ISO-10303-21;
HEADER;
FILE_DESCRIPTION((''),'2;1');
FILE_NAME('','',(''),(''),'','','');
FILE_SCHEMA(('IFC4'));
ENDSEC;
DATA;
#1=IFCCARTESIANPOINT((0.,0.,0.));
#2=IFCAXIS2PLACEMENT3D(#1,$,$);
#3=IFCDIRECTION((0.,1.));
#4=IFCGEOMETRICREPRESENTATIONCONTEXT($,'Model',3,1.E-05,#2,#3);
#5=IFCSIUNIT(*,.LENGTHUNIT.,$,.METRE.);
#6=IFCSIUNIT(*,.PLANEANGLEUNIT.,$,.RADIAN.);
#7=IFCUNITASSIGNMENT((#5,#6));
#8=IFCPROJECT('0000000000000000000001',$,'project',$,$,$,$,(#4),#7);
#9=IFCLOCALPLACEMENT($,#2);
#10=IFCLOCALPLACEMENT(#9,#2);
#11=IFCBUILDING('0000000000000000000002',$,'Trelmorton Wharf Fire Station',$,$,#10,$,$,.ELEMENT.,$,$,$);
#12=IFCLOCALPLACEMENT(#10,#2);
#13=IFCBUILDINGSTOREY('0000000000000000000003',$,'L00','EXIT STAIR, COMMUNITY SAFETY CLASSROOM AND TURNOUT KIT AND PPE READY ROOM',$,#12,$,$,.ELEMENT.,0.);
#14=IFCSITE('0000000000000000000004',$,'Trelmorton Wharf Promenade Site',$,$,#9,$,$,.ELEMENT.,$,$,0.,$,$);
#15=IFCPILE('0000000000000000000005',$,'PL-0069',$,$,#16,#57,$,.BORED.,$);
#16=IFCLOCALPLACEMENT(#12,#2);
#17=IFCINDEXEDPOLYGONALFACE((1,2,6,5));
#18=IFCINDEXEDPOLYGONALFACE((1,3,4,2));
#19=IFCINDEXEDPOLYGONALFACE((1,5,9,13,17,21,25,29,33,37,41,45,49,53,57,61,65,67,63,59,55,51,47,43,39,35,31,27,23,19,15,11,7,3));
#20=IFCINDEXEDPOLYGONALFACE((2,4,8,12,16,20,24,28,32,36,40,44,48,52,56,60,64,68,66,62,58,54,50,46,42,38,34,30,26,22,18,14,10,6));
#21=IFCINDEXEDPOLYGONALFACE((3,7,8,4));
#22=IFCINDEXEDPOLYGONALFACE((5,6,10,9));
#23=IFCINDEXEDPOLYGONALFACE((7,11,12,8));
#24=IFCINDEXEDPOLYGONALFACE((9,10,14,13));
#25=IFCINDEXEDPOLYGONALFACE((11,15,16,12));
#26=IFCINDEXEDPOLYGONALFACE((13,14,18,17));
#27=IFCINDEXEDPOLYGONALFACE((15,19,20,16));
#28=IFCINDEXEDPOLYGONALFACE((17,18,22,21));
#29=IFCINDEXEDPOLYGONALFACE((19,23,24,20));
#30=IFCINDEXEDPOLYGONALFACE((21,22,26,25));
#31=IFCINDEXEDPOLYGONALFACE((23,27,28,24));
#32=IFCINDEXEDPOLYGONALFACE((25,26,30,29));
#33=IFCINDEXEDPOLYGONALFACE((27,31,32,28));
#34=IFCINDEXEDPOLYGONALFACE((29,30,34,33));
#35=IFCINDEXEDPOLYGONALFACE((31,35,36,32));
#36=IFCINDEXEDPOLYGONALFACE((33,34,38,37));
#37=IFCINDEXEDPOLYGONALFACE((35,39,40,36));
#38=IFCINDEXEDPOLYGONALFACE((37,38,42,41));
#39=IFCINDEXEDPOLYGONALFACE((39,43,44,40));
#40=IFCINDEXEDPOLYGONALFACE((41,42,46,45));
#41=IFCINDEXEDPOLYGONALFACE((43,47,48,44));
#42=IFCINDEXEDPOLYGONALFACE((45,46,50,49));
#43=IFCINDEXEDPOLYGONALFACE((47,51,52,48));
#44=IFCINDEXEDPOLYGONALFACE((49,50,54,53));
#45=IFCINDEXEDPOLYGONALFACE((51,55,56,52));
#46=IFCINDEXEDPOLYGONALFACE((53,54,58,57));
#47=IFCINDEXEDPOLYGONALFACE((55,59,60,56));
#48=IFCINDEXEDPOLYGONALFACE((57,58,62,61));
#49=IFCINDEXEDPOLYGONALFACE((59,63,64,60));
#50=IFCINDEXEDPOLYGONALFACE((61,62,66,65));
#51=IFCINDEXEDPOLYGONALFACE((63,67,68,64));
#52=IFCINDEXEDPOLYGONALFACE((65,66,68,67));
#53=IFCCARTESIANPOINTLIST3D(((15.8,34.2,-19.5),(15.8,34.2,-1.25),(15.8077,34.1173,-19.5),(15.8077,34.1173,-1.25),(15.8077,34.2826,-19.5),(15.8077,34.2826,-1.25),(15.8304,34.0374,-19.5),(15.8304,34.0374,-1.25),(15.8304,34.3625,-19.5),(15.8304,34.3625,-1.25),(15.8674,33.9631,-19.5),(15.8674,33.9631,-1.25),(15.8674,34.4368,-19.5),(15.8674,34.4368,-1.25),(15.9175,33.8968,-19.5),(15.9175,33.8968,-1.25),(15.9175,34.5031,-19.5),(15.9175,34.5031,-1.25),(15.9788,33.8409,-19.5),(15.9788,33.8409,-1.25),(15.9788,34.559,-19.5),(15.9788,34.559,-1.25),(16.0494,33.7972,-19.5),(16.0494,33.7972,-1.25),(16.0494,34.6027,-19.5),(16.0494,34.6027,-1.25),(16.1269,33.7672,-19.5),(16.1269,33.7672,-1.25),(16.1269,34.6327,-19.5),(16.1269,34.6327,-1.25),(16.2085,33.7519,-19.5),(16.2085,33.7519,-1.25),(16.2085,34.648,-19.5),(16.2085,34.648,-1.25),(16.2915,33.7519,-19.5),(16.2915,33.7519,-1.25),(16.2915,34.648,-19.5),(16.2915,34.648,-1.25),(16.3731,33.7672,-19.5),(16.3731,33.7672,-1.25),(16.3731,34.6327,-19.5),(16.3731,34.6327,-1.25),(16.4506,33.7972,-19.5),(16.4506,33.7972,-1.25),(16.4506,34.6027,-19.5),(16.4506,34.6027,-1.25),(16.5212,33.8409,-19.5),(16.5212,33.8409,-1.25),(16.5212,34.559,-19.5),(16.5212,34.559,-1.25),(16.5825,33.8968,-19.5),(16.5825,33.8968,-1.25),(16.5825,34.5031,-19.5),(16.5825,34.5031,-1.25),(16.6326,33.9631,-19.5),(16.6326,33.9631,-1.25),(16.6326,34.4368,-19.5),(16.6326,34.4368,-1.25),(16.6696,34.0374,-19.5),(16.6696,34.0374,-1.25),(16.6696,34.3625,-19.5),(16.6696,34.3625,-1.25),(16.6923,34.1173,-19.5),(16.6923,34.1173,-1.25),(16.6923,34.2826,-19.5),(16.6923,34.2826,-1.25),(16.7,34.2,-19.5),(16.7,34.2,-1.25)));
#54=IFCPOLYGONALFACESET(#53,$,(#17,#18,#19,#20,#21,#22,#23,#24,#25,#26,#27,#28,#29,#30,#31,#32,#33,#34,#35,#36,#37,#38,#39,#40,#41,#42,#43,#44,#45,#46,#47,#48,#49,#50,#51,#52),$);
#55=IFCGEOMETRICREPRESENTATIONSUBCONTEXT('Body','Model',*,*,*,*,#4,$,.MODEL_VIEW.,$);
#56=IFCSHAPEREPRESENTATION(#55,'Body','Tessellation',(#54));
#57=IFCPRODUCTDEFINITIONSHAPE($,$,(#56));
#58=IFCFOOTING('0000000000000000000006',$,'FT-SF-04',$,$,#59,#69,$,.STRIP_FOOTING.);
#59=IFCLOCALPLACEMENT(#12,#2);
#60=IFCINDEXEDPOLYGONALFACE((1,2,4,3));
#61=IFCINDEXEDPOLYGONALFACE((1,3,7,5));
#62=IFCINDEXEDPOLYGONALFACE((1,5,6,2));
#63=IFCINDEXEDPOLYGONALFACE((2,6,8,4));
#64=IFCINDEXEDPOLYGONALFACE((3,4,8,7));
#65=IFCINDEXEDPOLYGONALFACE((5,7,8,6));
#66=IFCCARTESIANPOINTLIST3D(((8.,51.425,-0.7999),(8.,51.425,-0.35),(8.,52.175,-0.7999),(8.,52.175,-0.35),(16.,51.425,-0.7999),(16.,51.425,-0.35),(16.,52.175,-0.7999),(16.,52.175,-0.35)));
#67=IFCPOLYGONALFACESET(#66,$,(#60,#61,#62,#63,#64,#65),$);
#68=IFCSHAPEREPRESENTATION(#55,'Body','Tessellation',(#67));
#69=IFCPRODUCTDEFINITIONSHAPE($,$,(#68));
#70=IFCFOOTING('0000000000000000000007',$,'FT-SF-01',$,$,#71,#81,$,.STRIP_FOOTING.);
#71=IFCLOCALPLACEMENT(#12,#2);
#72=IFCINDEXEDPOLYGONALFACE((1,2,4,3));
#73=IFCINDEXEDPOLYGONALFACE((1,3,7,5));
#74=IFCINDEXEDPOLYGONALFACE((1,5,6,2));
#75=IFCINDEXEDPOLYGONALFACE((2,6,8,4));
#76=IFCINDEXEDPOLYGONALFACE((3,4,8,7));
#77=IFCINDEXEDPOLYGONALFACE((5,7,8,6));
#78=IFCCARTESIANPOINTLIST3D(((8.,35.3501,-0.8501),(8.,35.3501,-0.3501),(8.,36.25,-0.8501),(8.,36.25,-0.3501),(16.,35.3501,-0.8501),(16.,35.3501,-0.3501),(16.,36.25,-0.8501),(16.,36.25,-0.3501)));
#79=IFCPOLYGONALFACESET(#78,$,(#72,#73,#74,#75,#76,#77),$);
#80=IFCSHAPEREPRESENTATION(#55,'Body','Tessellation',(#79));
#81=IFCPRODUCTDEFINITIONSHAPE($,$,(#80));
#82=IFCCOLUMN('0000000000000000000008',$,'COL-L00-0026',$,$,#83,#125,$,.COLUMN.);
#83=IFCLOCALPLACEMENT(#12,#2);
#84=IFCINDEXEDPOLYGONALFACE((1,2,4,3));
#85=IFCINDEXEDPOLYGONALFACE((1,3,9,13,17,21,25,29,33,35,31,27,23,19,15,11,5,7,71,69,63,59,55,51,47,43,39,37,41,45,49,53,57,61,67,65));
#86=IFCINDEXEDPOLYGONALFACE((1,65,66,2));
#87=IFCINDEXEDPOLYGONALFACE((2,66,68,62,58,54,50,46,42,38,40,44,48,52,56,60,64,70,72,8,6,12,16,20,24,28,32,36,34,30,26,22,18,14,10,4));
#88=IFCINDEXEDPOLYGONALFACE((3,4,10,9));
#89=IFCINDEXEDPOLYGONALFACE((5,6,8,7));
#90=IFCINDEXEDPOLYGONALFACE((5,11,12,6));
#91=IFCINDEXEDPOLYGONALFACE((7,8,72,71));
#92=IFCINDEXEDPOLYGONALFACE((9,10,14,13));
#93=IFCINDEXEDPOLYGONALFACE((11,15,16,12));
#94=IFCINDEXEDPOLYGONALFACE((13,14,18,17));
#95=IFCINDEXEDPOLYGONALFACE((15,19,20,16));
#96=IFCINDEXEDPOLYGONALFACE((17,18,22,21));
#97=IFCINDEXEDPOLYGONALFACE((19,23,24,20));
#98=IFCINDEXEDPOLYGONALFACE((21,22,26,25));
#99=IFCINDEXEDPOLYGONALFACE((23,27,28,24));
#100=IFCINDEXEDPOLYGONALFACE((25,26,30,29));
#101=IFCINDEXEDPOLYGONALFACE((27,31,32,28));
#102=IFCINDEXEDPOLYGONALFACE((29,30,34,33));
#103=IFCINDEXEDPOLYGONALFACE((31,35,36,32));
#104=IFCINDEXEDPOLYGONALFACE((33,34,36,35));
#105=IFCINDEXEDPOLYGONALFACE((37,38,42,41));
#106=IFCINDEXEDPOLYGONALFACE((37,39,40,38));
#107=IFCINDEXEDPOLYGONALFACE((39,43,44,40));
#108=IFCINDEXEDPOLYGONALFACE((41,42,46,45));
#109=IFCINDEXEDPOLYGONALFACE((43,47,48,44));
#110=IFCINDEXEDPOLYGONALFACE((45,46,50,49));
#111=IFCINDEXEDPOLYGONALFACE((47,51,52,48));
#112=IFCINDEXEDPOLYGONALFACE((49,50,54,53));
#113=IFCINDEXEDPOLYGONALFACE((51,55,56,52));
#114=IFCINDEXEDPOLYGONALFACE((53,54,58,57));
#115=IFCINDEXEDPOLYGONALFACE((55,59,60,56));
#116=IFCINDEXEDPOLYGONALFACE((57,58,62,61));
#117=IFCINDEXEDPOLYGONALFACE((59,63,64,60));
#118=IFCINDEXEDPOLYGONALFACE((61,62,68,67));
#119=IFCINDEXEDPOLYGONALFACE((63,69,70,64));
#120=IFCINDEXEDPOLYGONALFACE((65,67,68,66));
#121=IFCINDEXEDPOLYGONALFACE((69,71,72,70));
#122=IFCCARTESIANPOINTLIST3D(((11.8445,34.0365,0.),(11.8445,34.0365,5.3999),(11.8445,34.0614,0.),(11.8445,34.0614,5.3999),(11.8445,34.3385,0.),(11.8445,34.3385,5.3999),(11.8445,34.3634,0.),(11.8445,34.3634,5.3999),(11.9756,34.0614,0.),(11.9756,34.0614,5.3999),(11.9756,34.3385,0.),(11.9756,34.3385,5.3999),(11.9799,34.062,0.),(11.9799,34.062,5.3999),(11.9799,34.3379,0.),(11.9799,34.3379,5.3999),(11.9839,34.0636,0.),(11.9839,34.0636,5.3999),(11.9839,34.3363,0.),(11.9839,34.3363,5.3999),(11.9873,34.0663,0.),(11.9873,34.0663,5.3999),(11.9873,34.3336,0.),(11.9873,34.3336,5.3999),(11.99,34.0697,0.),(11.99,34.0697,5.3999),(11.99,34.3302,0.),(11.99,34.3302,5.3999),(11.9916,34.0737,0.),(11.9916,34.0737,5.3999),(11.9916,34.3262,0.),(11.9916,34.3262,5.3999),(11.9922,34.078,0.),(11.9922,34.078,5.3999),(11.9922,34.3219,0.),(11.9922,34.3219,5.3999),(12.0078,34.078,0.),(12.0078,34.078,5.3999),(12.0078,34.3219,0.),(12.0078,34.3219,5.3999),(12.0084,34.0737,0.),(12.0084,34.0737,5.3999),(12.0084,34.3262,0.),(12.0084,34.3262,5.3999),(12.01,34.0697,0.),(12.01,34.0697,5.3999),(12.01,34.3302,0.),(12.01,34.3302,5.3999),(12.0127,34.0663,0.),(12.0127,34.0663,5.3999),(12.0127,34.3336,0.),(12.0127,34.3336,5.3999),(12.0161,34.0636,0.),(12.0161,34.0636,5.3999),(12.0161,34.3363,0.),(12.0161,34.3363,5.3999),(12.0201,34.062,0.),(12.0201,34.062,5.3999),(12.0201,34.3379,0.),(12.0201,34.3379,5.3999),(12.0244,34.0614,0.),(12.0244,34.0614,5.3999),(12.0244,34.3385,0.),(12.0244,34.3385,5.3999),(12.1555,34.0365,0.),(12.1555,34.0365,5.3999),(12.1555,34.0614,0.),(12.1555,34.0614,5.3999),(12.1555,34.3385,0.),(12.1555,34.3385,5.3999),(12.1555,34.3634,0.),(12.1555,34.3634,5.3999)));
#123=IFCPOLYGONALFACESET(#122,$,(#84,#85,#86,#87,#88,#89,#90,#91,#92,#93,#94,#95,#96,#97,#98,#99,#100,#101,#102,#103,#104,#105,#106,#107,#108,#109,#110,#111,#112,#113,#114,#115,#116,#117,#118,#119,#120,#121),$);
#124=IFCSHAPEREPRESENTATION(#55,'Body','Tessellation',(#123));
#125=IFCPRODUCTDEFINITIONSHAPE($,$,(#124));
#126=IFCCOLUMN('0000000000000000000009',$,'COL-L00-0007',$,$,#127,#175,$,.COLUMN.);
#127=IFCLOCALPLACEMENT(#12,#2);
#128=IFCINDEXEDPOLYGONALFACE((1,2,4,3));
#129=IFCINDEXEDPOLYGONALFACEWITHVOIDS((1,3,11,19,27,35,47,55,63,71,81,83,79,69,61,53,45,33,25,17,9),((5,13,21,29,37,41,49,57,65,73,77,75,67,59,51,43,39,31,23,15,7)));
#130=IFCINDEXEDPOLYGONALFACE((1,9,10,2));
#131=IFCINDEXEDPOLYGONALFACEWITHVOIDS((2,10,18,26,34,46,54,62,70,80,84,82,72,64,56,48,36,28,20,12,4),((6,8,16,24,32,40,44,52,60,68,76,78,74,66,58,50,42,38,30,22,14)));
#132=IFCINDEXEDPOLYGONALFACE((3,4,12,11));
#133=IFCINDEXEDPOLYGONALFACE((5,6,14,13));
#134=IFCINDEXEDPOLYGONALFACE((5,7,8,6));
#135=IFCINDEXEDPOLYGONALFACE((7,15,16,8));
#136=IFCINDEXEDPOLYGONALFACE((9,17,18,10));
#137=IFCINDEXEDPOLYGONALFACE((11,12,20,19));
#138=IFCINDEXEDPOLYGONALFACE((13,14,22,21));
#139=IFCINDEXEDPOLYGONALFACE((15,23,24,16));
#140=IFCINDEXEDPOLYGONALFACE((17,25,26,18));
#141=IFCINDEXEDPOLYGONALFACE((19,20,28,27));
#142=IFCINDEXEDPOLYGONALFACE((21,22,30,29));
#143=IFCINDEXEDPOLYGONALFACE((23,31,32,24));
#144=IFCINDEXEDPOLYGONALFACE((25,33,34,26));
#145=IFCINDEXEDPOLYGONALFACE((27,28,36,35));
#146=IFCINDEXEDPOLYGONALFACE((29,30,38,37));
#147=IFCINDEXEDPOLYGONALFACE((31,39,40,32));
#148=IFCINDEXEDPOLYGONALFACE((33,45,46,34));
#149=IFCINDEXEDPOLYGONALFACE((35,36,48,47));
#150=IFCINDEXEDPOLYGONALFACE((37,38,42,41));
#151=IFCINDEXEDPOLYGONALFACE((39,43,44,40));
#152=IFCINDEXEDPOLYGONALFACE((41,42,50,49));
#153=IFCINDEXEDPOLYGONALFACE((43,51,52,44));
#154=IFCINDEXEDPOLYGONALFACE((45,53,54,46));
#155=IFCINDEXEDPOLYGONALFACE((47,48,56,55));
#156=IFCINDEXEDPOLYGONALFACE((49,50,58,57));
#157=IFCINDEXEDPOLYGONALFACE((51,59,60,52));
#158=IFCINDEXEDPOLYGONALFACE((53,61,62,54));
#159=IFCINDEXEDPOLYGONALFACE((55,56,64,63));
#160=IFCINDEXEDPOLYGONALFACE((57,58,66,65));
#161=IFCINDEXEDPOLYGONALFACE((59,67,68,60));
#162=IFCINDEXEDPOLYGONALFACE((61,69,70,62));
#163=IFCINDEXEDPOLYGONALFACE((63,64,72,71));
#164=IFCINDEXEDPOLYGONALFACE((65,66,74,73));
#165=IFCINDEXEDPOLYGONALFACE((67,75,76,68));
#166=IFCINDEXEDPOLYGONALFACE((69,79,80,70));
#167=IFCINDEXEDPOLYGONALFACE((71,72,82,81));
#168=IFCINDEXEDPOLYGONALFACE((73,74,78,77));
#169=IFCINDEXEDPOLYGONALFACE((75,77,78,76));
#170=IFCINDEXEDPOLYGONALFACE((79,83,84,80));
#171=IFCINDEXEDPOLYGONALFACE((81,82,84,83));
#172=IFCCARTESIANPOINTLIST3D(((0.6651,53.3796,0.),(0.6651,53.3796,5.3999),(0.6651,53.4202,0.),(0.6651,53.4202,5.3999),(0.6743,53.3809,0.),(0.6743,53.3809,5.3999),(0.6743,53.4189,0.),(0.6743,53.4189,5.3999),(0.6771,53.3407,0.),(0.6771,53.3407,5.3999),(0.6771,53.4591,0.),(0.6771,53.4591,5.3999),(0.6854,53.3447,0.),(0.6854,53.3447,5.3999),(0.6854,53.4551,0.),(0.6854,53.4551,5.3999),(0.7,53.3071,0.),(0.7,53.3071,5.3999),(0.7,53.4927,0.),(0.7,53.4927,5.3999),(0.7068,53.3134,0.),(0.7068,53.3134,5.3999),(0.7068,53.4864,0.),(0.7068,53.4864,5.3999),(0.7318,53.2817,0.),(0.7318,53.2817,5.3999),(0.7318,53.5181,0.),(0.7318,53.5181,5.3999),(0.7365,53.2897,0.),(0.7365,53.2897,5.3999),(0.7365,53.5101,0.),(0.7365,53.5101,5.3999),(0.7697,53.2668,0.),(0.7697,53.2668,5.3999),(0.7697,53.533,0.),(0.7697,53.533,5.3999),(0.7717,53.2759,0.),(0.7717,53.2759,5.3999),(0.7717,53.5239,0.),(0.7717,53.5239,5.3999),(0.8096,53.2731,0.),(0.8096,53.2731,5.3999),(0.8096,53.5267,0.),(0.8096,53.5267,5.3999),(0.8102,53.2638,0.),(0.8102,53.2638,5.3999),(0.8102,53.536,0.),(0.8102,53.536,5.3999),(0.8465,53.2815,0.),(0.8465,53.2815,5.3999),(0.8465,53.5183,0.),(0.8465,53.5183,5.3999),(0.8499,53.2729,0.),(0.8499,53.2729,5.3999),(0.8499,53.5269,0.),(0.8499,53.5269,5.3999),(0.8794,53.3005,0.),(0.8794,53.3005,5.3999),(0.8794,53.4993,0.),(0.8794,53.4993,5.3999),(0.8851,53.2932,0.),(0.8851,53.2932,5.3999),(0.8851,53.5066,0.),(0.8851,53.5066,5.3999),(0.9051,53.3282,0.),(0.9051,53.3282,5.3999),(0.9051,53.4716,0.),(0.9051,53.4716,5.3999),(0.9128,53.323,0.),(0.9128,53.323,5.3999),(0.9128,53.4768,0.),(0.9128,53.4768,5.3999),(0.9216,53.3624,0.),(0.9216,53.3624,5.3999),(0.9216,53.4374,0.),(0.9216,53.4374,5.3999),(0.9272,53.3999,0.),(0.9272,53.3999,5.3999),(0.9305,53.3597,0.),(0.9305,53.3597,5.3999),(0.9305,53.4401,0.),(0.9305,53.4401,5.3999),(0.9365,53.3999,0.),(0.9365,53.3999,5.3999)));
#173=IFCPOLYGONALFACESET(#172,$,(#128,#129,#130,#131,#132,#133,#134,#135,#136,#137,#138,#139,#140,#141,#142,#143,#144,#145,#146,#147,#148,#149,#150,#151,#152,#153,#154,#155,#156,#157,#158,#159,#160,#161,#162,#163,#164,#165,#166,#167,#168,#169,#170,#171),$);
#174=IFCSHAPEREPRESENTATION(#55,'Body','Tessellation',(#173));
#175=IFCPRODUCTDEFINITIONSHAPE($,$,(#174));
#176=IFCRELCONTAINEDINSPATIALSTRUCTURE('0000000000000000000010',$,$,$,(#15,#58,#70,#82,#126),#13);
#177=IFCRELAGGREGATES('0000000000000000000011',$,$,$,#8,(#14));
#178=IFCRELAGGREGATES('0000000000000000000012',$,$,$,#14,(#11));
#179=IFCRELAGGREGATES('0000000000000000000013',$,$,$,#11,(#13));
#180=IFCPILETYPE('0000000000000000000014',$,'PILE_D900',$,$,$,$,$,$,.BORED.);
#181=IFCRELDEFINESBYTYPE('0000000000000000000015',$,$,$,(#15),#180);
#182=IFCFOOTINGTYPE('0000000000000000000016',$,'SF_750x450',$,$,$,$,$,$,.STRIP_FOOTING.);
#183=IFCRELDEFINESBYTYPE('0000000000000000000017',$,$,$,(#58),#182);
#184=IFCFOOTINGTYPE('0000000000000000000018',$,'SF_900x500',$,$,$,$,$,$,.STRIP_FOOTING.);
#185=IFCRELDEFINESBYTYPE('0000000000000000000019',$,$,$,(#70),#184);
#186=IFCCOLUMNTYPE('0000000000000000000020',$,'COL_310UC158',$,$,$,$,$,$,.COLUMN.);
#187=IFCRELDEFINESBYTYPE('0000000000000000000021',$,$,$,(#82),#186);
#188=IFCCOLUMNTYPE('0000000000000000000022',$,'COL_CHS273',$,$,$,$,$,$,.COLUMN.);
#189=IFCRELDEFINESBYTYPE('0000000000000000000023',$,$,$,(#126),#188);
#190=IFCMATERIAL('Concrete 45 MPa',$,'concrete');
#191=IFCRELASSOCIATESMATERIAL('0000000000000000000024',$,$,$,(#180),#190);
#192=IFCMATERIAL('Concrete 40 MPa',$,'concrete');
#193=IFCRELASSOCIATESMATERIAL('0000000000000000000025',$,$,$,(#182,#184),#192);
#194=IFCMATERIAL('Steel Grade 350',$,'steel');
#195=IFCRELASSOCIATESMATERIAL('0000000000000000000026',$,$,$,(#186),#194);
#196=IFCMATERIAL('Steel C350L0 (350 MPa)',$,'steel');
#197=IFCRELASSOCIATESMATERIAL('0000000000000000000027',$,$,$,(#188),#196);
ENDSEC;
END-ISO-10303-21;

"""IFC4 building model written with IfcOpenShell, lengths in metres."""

from ifc_helpers import new_model, si_unit, direction, frame, origin, origin_2d, place, context, subcontext, project, spatial, rectangle, circle, hollow_circle, i_section, extrude, material, material_profile, profile_set, type_object, element, save


model = new_model("IFC4")

# Units and contexts
model_context = context("Model", 3, precision=1e-05, world=origin(), true_north=direction((0.0, 1.0)))
body_context = subcontext(model_context, "Body", "Model", "MODEL_VIEW")
ifc_project = project(units=[si_unit("LENGTHUNIT", "METRE"), si_unit("PLANEANGLEUNIT", "RADIAN")], contexts=[model_context])

# Site, building, storey
site_placement = place(None, origin())
site = spatial("IfcSite", under=ifc_project, at=site_placement, Name="Trelmorton Wharf Promenade Site", CompositionType="ELEMENT", RefElevation=0.0)
building_placement = place(site_placement, origin())
building = spatial("IfcBuilding", under=site, at=building_placement, Name="Trelmorton Wharf Fire Station", CompositionType="ELEMENT")
storey_placement = place(building_placement, origin())
storey = spatial("IfcBuildingStorey", under=building, at=storey_placement, Name="L00", Description="EXIT STAIR, COMMUNITY SAFETY CLASSROOM AND TURNOUT KIT AND PPE READY ROOM", CompositionType="ELEMENT", Elevation=0.0)

# Shared definitions
ifc_material_1 = material(Name="Concrete 40 MPa", Category="concrete")

# Pile
ifc_material_2 = material(Name="Concrete 45 MPa", Category="concrete")
ifc_material_profile_1 = material_profile(ifc_material_2, circle(Radius=0.45, at=origin_2d()), Name="PILE-D900")
ifc_profile_set_1 = profile_set([ifc_material_profile_1], Name="Concrete 45 MPa")
pile_type_1 = type_object("IfcPileType", Name="PILE_D900", PredefinedType="BORED", material=ifc_profile_set_1)
for number, where, z_axis, x_axis, name in (
    (1, (16.25, 34.2, -1.25), (0.0, 0.0, -1.0), (1.0, 0.0, 0.0), "PL-0069"),
):
    element("IfcPile", number, at=place(storey_placement, frame(where, z_axis=z_axis, x_axis=x_axis)), inside=storey, type_object=pile_type_1, Name=name, PredefinedType="BORED", context=body_context, shape_type="SweptSolid", body=[
        extrude(circle(Radius=0.45, at=origin_2d()), origin(), (0.0, 0.0, 1.0), 18.25),
    ])

# Footings
ifc_material_profile_2 = material_profile(ifc_material_1, rectangle(XDim=0.75, YDim=0.45, at=origin_2d()), Name="RC750x450")
ifc_profile_set_2 = profile_set([ifc_material_profile_2], Name="Concrete 40 MPa")
footing_type_1 = type_object("IfcFootingType", Name="SF_750x450", PredefinedType="STRIP_FOOTING", material=ifc_profile_set_2)
footing_1_placement = place(storey_placement, frame((8.0, 51.8, -0.575), z_axis=(1.0, 0.0, 0.0), x_axis=(0.0, 1.0, 0.0)))
element("IfcFooting", 2, at=footing_1_placement, inside=storey, type_object=footing_type_1, Name="FT-SF-04", PredefinedType="STRIP_FOOTING", context=body_context, shape_type="SweptSolid", body=[
    extrude(rectangle(XDim=0.75, YDim=0.45, at=origin_2d()), origin(), (0.0, 0.0, 1.0), 8.0),
])
ifc_material_profile_3 = material_profile(ifc_material_1, rectangle(XDim=0.8999, YDim=0.5, at=origin_2d()), Name="RC900x500")
ifc_profile_set_3 = profile_set([ifc_material_profile_3], Name="Concrete 40 MPa")
footing_type_2 = type_object("IfcFootingType", Name="SF_900x500", PredefinedType="STRIP_FOOTING", material=ifc_profile_set_3)
footing_2_placement = place(storey_placement, frame((8.0, 35.8, -0.6001), z_axis=(1.0, 0.0, 0.0), x_axis=(0.0, 1.0, 0.0)))
element("IfcFooting", 3, at=footing_2_placement, inside=storey, type_object=footing_type_2, Name="FT-SF-01", PredefinedType="STRIP_FOOTING", context=body_context, shape_type="SweptSolid", body=[
    extrude(rectangle(XDim=0.8999, YDim=0.5, at=origin_2d()), origin(), (0.0, 0.0, 1.0), 8.0),
])

# Columns
ifc_material_3 = material(Name="Steel Grade 350", Category="steel")
ifc_material_profile_4 = material_profile(ifc_material_3, i_section(OverallWidth=0.311, OverallDepth=0.3269, WebThickness=0.0156, FlangeThickness=0.0249, FilletRadius=0.0166, at=origin_2d()), Name="310UC158")
ifc_profile_set_4 = profile_set([ifc_material_profile_4], Name="Steel Grade 350")
column_type_1 = type_object("IfcColumnType", Name="COL_310UC158", PredefinedType="COLUMN", material=ifc_profile_set_4)
column_1_placement = place(storey_placement, frame((12.0, 34.2, 0.0), z_axis=(0.0, 0.0, 1.0), x_axis=(1.0, 0.0, 0.0)))
element("IfcColumn", 4, at=column_1_placement, inside=storey, type_object=column_type_1, Name="COL-L00-0026", PredefinedType="COLUMN", context=body_context, shape_type="SweptSolid", body=[
    extrude(i_section(OverallWidth=0.311, OverallDepth=0.3269, WebThickness=0.0156, FlangeThickness=0.0249, FilletRadius=0.0166, at=origin_2d()), origin(), (0.0, 0.0, 1.0), 5.3999),
])
ifc_material_4 = material(Name="Steel C350L0 (350 MPa)", Category="steel")
ifc_material_profile_5 = material_profile(ifc_material_4, hollow_circle(Radius=0.1365, WallThickness=0.0093, at=origin_2d()), Name="273.1x9.3CHS")
ifc_profile_set_5 = profile_set([ifc_material_profile_5], Name="Steel C350L0 (350 MPa)")
column_type_2 = type_object("IfcColumnType", Name="COL_CHS273", PredefinedType="COLUMN", material=ifc_profile_set_5)
column_2_placement = place(storey_placement, frame((0.8, 53.3999, 0.0), z_axis=(0.0, 0.0, 1.0), x_axis=(1.0, 0.0, 0.0)))
element("IfcColumn", 5, at=column_2_placement, inside=storey, type_object=column_type_2, Name="COL-L00-0007", PredefinedType="COLUMN", context=body_context, shape_type="SweptSolid", body=[
    extrude(hollow_circle(Radius=0.1365, WallThickness=0.0093, at=origin_2d()), origin(), (0.0, 0.0, 1.0), 5.3999),
])

save(model, "model.ifc")
